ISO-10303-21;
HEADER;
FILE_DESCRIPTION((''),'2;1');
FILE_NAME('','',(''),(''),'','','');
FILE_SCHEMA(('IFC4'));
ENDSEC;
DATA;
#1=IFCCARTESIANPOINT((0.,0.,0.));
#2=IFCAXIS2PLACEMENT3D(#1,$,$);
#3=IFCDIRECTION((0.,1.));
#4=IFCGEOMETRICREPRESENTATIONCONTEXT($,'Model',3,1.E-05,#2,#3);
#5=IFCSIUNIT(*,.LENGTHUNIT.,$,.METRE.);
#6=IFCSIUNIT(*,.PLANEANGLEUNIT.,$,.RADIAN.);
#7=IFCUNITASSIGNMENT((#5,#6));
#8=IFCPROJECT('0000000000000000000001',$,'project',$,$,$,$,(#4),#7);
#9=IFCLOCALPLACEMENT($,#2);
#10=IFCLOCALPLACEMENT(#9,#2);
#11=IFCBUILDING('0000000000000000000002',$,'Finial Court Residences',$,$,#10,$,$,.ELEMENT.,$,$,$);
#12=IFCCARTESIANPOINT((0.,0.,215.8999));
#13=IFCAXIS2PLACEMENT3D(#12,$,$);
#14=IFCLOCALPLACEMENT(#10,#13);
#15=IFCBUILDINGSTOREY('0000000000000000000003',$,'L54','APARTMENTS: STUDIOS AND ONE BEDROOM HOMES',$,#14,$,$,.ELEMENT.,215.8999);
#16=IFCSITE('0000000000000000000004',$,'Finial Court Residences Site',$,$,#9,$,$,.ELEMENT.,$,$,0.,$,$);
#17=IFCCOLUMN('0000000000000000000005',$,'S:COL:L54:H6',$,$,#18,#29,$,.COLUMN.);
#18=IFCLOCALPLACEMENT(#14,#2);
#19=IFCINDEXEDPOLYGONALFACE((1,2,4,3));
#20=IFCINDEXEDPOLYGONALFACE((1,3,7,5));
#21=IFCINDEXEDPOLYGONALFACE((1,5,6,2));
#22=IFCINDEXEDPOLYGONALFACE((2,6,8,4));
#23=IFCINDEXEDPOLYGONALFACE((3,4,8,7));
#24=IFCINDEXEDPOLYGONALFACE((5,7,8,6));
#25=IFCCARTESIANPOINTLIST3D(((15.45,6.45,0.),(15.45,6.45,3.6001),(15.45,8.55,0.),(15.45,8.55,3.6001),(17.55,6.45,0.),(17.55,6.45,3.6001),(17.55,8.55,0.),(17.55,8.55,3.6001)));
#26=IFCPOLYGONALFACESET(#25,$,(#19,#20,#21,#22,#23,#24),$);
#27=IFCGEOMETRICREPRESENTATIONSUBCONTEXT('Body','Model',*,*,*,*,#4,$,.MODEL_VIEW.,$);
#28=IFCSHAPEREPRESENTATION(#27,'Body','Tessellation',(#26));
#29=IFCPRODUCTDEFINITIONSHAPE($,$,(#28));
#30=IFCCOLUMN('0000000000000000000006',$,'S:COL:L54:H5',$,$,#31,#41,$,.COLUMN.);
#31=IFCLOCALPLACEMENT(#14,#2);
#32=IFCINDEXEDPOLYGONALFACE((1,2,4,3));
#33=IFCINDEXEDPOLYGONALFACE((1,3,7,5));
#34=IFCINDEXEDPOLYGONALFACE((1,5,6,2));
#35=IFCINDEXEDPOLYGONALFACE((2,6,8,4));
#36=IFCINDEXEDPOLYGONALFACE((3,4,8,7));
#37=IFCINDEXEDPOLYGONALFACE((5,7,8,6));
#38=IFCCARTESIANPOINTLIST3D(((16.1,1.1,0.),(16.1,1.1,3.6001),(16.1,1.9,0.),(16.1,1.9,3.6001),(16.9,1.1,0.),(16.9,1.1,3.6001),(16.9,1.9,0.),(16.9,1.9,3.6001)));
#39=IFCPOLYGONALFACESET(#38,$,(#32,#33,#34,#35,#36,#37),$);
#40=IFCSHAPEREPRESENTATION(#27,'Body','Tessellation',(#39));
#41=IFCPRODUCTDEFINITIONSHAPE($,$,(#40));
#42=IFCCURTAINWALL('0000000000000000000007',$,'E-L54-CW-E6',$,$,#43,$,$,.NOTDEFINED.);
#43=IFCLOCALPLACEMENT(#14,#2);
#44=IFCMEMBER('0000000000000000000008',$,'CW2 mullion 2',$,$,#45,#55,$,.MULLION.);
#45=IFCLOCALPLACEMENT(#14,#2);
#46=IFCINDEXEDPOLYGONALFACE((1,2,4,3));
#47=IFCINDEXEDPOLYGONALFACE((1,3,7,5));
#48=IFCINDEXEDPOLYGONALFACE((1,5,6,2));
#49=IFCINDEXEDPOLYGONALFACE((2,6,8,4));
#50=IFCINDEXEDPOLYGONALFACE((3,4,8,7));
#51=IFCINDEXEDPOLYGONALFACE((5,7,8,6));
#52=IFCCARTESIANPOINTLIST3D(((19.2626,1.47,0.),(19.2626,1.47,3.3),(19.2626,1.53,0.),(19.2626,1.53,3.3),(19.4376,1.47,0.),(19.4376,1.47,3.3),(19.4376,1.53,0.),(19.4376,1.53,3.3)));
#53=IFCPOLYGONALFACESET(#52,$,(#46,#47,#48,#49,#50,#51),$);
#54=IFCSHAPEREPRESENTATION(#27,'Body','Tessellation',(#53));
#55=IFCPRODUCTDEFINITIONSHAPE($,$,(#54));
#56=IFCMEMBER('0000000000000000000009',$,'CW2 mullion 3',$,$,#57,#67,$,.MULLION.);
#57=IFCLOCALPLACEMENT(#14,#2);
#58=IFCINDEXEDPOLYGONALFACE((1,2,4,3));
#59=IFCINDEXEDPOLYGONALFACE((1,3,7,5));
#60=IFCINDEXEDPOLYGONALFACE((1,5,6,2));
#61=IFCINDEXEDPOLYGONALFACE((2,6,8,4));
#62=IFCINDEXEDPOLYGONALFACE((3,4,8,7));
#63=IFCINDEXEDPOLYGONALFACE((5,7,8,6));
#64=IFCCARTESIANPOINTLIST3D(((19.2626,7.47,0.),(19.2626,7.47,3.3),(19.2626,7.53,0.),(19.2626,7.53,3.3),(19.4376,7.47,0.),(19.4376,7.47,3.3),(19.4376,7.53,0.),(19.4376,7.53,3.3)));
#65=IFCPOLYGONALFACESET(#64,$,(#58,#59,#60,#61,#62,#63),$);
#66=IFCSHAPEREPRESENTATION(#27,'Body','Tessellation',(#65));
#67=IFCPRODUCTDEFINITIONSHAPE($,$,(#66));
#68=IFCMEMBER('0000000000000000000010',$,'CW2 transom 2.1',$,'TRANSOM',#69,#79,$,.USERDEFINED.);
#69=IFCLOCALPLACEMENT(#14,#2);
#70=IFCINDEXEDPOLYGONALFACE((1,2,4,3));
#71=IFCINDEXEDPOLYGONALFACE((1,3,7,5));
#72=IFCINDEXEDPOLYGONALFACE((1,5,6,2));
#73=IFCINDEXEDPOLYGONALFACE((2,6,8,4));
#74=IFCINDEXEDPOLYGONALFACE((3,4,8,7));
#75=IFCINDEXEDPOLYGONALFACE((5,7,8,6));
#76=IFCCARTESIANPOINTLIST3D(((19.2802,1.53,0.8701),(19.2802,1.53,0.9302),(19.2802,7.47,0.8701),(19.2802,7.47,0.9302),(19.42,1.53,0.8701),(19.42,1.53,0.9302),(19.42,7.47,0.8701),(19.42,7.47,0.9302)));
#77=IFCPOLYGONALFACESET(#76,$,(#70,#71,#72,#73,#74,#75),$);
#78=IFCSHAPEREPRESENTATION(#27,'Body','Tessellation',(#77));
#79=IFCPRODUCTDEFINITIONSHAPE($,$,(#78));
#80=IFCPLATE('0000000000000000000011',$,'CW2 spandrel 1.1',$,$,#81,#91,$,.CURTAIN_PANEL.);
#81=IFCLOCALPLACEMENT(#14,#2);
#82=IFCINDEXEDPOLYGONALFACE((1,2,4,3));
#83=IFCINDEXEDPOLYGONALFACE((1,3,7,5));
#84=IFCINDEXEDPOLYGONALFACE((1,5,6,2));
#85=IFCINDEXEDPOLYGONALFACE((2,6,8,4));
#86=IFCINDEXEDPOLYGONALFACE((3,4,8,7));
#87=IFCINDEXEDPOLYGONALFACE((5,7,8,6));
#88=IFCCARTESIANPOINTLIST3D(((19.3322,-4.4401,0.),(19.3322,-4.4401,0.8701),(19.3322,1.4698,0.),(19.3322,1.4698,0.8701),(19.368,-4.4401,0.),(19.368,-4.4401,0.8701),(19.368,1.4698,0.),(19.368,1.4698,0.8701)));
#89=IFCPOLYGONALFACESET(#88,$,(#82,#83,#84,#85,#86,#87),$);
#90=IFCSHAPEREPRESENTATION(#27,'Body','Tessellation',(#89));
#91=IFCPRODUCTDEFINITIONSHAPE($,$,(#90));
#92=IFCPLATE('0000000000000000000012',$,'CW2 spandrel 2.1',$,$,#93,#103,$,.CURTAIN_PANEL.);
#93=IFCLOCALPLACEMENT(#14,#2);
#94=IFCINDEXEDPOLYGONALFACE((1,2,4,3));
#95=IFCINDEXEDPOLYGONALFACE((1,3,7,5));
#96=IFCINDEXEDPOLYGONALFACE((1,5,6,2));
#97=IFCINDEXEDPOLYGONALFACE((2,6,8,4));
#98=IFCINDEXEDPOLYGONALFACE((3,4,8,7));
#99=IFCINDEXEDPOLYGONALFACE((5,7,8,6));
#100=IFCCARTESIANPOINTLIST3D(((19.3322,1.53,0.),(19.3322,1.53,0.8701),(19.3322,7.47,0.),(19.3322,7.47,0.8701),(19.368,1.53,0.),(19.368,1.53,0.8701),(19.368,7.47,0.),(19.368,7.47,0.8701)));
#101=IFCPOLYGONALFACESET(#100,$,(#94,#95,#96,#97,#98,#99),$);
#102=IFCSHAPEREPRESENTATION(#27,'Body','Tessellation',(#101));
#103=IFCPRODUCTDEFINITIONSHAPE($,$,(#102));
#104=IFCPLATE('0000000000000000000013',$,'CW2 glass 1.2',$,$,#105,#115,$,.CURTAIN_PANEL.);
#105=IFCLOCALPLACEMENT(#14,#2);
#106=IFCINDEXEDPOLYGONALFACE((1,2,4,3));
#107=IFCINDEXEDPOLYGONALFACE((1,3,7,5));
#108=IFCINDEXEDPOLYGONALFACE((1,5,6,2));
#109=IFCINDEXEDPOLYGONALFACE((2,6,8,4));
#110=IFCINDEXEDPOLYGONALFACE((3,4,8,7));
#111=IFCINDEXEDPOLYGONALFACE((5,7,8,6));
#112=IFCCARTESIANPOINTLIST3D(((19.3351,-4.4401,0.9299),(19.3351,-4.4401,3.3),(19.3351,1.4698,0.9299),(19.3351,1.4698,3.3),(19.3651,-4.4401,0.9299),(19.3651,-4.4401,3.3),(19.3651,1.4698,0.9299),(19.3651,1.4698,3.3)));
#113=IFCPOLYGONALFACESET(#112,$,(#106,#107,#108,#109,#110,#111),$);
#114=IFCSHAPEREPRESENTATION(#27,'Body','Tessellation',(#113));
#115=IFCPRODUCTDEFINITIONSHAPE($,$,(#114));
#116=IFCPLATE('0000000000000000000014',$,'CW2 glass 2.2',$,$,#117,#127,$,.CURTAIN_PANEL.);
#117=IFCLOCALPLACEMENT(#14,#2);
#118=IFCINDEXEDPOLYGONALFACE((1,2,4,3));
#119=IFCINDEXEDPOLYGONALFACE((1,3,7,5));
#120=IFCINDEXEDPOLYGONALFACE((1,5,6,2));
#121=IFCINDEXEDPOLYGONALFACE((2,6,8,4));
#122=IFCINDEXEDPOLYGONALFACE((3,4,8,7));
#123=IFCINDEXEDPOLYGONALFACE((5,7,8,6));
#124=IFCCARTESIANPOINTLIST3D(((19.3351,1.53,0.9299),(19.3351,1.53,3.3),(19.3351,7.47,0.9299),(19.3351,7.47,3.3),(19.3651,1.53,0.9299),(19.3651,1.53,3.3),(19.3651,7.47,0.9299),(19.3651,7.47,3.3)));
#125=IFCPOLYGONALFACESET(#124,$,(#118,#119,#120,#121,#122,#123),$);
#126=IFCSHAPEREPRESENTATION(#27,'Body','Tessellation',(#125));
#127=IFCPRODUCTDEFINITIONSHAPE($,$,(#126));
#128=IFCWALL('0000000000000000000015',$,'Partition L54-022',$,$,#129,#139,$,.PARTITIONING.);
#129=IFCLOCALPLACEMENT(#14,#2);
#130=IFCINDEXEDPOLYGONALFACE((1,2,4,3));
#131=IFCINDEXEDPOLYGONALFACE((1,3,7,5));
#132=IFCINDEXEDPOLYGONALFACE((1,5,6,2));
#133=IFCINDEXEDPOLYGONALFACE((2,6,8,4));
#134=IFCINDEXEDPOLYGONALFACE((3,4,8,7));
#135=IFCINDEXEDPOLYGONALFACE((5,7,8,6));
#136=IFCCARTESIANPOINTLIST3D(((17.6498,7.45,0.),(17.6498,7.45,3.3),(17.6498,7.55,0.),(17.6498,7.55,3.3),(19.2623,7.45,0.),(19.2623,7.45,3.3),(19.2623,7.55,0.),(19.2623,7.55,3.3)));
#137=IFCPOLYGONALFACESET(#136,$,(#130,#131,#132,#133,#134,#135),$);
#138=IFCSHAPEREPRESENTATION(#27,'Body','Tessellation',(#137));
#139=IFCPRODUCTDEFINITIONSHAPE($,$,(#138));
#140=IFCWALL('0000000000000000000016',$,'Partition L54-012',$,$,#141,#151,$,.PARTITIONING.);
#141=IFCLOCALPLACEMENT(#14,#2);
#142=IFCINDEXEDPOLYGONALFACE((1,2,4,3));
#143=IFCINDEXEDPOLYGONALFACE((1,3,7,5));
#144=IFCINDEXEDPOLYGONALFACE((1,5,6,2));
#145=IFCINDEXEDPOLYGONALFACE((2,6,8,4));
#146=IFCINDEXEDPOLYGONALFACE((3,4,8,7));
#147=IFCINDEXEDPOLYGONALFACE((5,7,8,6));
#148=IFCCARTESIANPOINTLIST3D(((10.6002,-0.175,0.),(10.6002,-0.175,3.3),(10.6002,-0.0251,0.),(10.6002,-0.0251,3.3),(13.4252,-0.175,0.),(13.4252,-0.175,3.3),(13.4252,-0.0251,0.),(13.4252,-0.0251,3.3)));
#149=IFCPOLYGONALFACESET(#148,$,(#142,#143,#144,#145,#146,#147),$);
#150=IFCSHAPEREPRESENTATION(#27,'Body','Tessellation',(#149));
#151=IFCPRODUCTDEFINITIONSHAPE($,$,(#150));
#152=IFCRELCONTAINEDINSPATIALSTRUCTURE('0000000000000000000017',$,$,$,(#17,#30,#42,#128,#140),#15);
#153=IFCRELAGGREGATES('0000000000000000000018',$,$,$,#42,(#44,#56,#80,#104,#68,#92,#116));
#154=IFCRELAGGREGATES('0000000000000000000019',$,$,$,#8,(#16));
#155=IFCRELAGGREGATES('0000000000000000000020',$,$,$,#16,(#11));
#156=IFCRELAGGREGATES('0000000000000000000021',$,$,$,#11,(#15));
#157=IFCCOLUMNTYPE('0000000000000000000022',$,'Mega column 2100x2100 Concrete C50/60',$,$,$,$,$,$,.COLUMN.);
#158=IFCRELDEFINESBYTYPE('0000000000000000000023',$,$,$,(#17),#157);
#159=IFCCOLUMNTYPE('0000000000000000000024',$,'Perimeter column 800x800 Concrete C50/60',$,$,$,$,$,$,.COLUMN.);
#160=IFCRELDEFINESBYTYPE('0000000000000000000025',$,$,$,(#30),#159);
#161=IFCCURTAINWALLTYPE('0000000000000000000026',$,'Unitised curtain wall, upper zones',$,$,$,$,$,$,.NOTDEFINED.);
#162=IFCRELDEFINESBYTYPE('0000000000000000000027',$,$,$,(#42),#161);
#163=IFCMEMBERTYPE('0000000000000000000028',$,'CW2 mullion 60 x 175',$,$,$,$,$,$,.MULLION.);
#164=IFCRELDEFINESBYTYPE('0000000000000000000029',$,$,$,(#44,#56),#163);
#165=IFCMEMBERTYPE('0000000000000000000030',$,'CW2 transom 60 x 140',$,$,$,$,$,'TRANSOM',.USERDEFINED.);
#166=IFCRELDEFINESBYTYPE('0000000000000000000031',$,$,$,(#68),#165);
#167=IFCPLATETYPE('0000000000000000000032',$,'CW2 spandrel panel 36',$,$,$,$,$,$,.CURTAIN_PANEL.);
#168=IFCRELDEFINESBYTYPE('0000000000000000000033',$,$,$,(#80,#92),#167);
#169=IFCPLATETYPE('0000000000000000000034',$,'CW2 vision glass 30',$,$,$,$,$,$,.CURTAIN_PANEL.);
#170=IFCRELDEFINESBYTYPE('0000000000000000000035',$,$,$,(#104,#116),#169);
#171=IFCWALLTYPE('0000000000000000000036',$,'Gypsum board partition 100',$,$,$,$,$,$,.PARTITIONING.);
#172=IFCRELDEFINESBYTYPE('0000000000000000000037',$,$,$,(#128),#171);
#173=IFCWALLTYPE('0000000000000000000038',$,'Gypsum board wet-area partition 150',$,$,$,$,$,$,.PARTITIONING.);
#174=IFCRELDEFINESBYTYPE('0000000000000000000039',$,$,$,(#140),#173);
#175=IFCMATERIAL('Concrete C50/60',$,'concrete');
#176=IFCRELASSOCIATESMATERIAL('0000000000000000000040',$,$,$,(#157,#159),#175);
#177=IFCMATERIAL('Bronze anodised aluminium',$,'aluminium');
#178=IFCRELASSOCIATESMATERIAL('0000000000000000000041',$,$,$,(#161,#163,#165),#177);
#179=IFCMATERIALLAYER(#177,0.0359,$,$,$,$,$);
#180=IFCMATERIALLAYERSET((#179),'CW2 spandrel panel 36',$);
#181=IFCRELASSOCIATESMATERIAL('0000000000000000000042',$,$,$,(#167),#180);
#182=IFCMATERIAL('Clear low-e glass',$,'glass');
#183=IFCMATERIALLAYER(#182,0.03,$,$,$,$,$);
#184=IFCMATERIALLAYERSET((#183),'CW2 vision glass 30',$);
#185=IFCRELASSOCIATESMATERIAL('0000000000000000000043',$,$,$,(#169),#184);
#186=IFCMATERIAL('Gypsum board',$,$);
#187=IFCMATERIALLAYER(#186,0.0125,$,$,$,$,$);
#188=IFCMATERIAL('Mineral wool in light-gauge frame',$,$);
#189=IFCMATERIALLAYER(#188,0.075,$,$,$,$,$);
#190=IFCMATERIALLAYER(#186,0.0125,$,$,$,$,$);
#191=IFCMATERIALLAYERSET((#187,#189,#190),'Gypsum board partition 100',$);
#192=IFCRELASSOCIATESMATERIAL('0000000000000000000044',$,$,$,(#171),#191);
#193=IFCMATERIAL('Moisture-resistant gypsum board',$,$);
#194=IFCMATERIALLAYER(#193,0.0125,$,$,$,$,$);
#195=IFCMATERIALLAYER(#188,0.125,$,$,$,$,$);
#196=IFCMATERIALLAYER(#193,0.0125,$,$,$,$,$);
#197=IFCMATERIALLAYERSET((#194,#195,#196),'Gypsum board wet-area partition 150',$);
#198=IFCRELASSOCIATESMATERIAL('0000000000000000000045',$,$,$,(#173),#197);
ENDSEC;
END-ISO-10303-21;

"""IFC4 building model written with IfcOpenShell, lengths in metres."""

from ifc_helpers import new_model, si_unit, direction, frame, frame_2d, origin, origin_2d, place, context, subcontext, project, spatial, rectangle, extrude, material, layer, layer_set, material_profile, profile_set, type_object, element, aggregate, save


model = new_model("IFC4")

# Units and contexts
model_context = context("Model", 3, precision=1e-05, world=origin(), true_north=direction((0.0, 1.0)))
body_context = subcontext(model_context, "Body", "Model", "MODEL_VIEW")
ifc_project = project(units=[si_unit("LENGTHUNIT", "METRE"), si_unit("PLANEANGLEUNIT", "RADIAN")], contexts=[model_context])

# Site, building, storey
site_placement = place(None, origin())
site = spatial("IfcSite", under=ifc_project, at=site_placement, Name="Finial Court Residences Site", CompositionType="ELEMENT", RefElevation=0.0)
building_placement = place(site_placement, origin())
building = spatial("IfcBuilding", under=site, at=building_placement, Name="Finial Court Residences", CompositionType="ELEMENT")
storey_placement = place(building_placement, frame((0.0, 0.0, 215.8999)))
storey = spatial("IfcBuildingStorey", under=building, at=storey_placement, Name="L54", Description="APARTMENTS: STUDIOS AND ONE BEDROOM HOMES", CompositionType="ELEMENT", Elevation=215.8999)

# Columns
ifc_material_1 = material(Name="Concrete C50/60", Category="concrete")
ifc_material_profile_1 = material_profile(ifc_material_1, rectangle(XDim=2.1001, YDim=2.1001, at=origin_2d()), Name="2100x2100")
ifc_profile_set_1 = profile_set([ifc_material_profile_1], Name="Concrete C50/60")
column_type_1 = type_object("IfcColumnType", Name="Mega column 2100x2100 Concrete C50/60", PredefinedType="COLUMN", material=ifc_profile_set_1)
column_1_placement = place(storey_placement, frame((16.5, 7.5, 0.0), z_axis=(0.0, 0.0, 1.0), x_axis=(1.0, 0.0, 0.0)))
element("IfcColumn", 1, at=column_1_placement, inside=storey, type_object=column_type_1, Name="S:COL:L54:H6", PredefinedType="COLUMN", context=body_context, shape_type="SweptSolid", body=[
    extrude(rectangle(XDim=2.1001, YDim=2.1001, at=origin_2d()), origin(), (0.0, 0.0, 1.0), 3.6001),
])
ifc_material_profile_2 = material_profile(ifc_material_1, rectangle(XDim=0.8, YDim=0.8, at=origin_2d()), Name="800x800")
ifc_profile_set_2 = profile_set([ifc_material_profile_2], Name="Concrete C50/60")
column_type_2 = type_object("IfcColumnType", Name="Perimeter column 800x800 Concrete C50/60", PredefinedType="COLUMN", material=ifc_profile_set_2)
column_2_placement = place(storey_placement, frame((16.5, 1.5, 0.0), z_axis=(0.0, 0.0, 1.0), x_axis=(1.0, 0.0, 0.0)))
element("IfcColumn", 2, at=column_2_placement, inside=storey, type_object=column_type_2, Name="S:COL:L54:H5", PredefinedType="COLUMN", context=body_context, shape_type="SweptSolid", body=[
    extrude(rectangle(XDim=0.8, YDim=0.8, at=origin_2d()), origin(), (0.0, 0.0, 1.0), 3.6001),
])

# Curtain wall, members, plates
ifc_material_2 = material(Name="Bronze anodised aluminium", Category="aluminium")
curtain_wall_type = type_object("IfcCurtainWallType", Name="Unitised curtain wall, upper zones", PredefinedType="NOTDEFINED", material=ifc_material_2)
curtain_wall_placement = place(storey_placement, origin())
curtain_wall = element("IfcCurtainWall", 3, at=curtain_wall_placement, inside=storey, type_object=curtain_wall_type, Name="E-L54-CW-E6", PredefinedType="NOTDEFINED")
ifc_material_profile_3 = material_profile(ifc_material_2, rectangle(XDim=0.175, YDim=0.0601, at=origin_2d()), Name="CW2 mullion 60 x 175")
ifc_profile_set_3 = profile_set([ifc_material_profile_3], Name="Bronze anodised aluminium")
member_type_1 = type_object("IfcMemberType", Name="CW2 mullion 60 x 175", PredefinedType="MULLION", material=ifc_profile_set_3)
member_1_placement = place(storey_placement, frame((19.3501, 1.5, 0.0), z_axis=(0.0, 0.0, 1.0), x_axis=(-1.0, 0.0, 0.0)))
member_1 = element("IfcMember", 4, at=member_1_placement, type_object=member_type_1, Name="CW2 mullion 2", PredefinedType="MULLION", context=body_context, shape_type="SweptSolid", body=[
    extrude(rectangle(XDim=0.175, YDim=0.0601, at=origin_2d()), origin(), (0.0, 0.0, 1.0), 3.3),
])
member_2_placement = place(storey_placement, frame((19.3501, 7.5, 0.0), z_axis=(0.0, 0.0, 1.0), x_axis=(-1.0, 0.0, 0.0)))
member_2 = element("IfcMember", 5, at=member_2_placement, type_object=member_type_1, Name="CW2 mullion 3", PredefinedType="MULLION", context=body_context, shape_type="SweptSolid", body=[
    extrude(rectangle(XDim=0.175, YDim=0.0601, at=origin_2d()), origin(), (0.0, 0.0, 1.0), 3.3),
])
ifc_material_profile_4 = material_profile(ifc_material_2, rectangle(XDim=0.1399, YDim=0.0601, at=origin_2d()), Name="CW2 transom 60 x 140")
ifc_profile_set_4 = profile_set([ifc_material_profile_4], Name="Bronze anodised aluminium")
member_type_2 = type_object("IfcMemberType", Name="CW2 transom 60 x 140", ElementType="TRANSOM", PredefinedType="USERDEFINED", material=ifc_profile_set_4)
member_3_placement = place(storey_placement, frame((19.3501, 1.53, 0.9001), z_axis=(0.0, 1.0, 0.0), x_axis=(-1.0, 0.0, 0.0)))
member_3 = element("IfcMember", 6, at=member_3_placement, type_object=member_type_2, Name="CW2 transom 2.1", ObjectType="TRANSOM", PredefinedType="USERDEFINED", context=body_context, shape_type="SweptSolid", body=[
    extrude(rectangle(XDim=0.1399, YDim=0.0601, at=origin_2d()), origin(), (0.0, 0.0, 1.0), 5.9399),
])
ifc_layer_1 = layer(ifc_material_2, 0.0359)
ifc_layer_set_1 = layer_set([ifc_layer_1], Name="CW2 spandrel panel 36")
plate_type_1 = type_object("IfcPlateType", Name="CW2 spandrel panel 36", PredefinedType="CURTAIN_PANEL", material=ifc_layer_set_1)
plate_1_placement = place(storey_placement, frame((19.3501, -1.4851, 0.0), z_axis=(0.0, 0.0, 1.0), x_axis=(0.0, 1.0, 0.0)))
plate_1 = element("IfcPlate", 7, at=plate_1_placement, type_object=plate_type_1, Name="CW2 spandrel 1.1", PredefinedType="CURTAIN_PANEL", context=body_context, shape_type="SweptSolid", body=[
    extrude(rectangle(XDim=5.9099, YDim=0.0359, at=origin_2d()), origin(), (0.0, 0.0, 1.0), 0.8701),
])
plate_2_placement = place(storey_placement, frame((19.3501, 4.5, 0.0), z_axis=(0.0, 0.0, 1.0), x_axis=(0.0, 1.0, 0.0)))
plate_2 = element("IfcPlate", 8, at=plate_2_placement, type_object=plate_type_1, Name="CW2 spandrel 2.1", PredefinedType="CURTAIN_PANEL", context=body_context, shape_type="SweptSolid", body=[
    extrude(rectangle(XDim=5.9399, YDim=0.0359, at=origin_2d()), origin(), (0.0, 0.0, 1.0), 0.8701),
])
ifc_material_3 = material(Name="Clear low-e glass", Category="glass")
ifc_layer_2 = layer(ifc_material_3, 0.03)
ifc_layer_set_2 = layer_set([ifc_layer_2], Name="CW2 vision glass 30")
plate_type_2 = type_object("IfcPlateType", Name="CW2 vision glass 30", PredefinedType="CURTAIN_PANEL", material=ifc_layer_set_2)
plate_3_placement = place(storey_placement, frame((19.3501, -1.4851, 0.9299), z_axis=(0.0, 0.0, 1.0), x_axis=(0.0, 1.0, 0.0)))
plate_3 = element("IfcPlate", 9, at=plate_3_placement, type_object=plate_type_2, Name="CW2 glass 1.2", PredefinedType="CURTAIN_PANEL", context=body_context, shape_type="SweptSolid", body=[
    extrude(rectangle(XDim=5.9099, YDim=0.03, at=origin_2d()), origin(), (0.0, 0.0, 1.0), 2.3701),
])
plate_4_placement = place(storey_placement, frame((19.3501, 4.5, 0.9299), z_axis=(0.0, 0.0, 1.0), x_axis=(0.0, 1.0, 0.0)))
plate_4 = element("IfcPlate", 10, at=plate_4_placement, type_object=plate_type_2, Name="CW2 glass 2.2", PredefinedType="CURTAIN_PANEL", context=body_context, shape_type="SweptSolid", body=[
    extrude(rectangle(XDim=5.9399, YDim=0.03, at=origin_2d()), origin(), (0.0, 0.0, 1.0), 2.3701),
])
aggregate(curtain_wall, [member_1, member_2, plate_1, plate_3, member_3, plate_2, plate_4])

# Walls
ifc_material_4 = material(Name="Gypsum board")
ifc_layer_3 = layer(ifc_material_4, 0.0125)
ifc_material_5 = material(Name="Mineral wool in light-gauge frame")
ifc_layer_4 = layer(ifc_material_5, 0.075)
ifc_layer_5 = layer(ifc_material_4, 0.0125)
ifc_layer_set_3 = layer_set([ifc_layer_3, ifc_layer_4, ifc_layer_5], Name="Gypsum board partition 100")
wall_type_1 = type_object("IfcWallType", Name="Gypsum board partition 100", PredefinedType="PARTITIONING", material=ifc_layer_set_3)
wall_1_placement = place(storey_placement, frame((17.6499, 7.5, 0.0), z_axis=(0.0, 0.0, 1.0), x_axis=(1.0, 0.0, 0.0)))
element("IfcWall", 11, at=wall_1_placement, inside=storey, type_object=wall_type_1, Name="Partition L54-022", PredefinedType="PARTITIONING", context=body_context, shape_type="SweptSolid", body=[
    extrude(rectangle(XDim=1.6125, YDim=0.1001, at=frame_2d((0.8062, 0.0))), origin(), (0.0, 0.0, 1.0), 3.3),
])
ifc_material_6 = material(Name="Moisture-resistant gypsum board")
ifc_layer_6 = layer(ifc_material_6, 0.0125)
ifc_layer_7 = layer(ifc_material_5, 0.125)
ifc_layer_8 = layer(ifc_material_6, 0.0125)
ifc_layer_set_4 = layer_set([ifc_layer_6, ifc_layer_7, ifc_layer_8], Name="Gypsum board wet-area partition 150")
wall_type_2 = type_object("IfcWallType", Name="Gypsum board wet-area partition 150", PredefinedType="PARTITIONING", material=ifc_layer_set_4)
wall_2_placement = place(storey_placement, frame((10.6001, -0.1001, 0.0), z_axis=(0.0, 0.0, 1.0), x_axis=(1.0, 0.0, 0.0)))
element("IfcWall", 12, at=wall_2_placement, inside=storey, type_object=wall_type_2, Name="Partition L54-012", PredefinedType="PARTITIONING", context=body_context, shape_type="SweptSolid", body=[
    extrude(rectangle(XDim=2.825, YDim=0.1499, at=frame_2d((1.4126, 0.0))), origin(), (0.0, 0.0, 1.0), 3.3),
])

save(model, "model.ifc")
